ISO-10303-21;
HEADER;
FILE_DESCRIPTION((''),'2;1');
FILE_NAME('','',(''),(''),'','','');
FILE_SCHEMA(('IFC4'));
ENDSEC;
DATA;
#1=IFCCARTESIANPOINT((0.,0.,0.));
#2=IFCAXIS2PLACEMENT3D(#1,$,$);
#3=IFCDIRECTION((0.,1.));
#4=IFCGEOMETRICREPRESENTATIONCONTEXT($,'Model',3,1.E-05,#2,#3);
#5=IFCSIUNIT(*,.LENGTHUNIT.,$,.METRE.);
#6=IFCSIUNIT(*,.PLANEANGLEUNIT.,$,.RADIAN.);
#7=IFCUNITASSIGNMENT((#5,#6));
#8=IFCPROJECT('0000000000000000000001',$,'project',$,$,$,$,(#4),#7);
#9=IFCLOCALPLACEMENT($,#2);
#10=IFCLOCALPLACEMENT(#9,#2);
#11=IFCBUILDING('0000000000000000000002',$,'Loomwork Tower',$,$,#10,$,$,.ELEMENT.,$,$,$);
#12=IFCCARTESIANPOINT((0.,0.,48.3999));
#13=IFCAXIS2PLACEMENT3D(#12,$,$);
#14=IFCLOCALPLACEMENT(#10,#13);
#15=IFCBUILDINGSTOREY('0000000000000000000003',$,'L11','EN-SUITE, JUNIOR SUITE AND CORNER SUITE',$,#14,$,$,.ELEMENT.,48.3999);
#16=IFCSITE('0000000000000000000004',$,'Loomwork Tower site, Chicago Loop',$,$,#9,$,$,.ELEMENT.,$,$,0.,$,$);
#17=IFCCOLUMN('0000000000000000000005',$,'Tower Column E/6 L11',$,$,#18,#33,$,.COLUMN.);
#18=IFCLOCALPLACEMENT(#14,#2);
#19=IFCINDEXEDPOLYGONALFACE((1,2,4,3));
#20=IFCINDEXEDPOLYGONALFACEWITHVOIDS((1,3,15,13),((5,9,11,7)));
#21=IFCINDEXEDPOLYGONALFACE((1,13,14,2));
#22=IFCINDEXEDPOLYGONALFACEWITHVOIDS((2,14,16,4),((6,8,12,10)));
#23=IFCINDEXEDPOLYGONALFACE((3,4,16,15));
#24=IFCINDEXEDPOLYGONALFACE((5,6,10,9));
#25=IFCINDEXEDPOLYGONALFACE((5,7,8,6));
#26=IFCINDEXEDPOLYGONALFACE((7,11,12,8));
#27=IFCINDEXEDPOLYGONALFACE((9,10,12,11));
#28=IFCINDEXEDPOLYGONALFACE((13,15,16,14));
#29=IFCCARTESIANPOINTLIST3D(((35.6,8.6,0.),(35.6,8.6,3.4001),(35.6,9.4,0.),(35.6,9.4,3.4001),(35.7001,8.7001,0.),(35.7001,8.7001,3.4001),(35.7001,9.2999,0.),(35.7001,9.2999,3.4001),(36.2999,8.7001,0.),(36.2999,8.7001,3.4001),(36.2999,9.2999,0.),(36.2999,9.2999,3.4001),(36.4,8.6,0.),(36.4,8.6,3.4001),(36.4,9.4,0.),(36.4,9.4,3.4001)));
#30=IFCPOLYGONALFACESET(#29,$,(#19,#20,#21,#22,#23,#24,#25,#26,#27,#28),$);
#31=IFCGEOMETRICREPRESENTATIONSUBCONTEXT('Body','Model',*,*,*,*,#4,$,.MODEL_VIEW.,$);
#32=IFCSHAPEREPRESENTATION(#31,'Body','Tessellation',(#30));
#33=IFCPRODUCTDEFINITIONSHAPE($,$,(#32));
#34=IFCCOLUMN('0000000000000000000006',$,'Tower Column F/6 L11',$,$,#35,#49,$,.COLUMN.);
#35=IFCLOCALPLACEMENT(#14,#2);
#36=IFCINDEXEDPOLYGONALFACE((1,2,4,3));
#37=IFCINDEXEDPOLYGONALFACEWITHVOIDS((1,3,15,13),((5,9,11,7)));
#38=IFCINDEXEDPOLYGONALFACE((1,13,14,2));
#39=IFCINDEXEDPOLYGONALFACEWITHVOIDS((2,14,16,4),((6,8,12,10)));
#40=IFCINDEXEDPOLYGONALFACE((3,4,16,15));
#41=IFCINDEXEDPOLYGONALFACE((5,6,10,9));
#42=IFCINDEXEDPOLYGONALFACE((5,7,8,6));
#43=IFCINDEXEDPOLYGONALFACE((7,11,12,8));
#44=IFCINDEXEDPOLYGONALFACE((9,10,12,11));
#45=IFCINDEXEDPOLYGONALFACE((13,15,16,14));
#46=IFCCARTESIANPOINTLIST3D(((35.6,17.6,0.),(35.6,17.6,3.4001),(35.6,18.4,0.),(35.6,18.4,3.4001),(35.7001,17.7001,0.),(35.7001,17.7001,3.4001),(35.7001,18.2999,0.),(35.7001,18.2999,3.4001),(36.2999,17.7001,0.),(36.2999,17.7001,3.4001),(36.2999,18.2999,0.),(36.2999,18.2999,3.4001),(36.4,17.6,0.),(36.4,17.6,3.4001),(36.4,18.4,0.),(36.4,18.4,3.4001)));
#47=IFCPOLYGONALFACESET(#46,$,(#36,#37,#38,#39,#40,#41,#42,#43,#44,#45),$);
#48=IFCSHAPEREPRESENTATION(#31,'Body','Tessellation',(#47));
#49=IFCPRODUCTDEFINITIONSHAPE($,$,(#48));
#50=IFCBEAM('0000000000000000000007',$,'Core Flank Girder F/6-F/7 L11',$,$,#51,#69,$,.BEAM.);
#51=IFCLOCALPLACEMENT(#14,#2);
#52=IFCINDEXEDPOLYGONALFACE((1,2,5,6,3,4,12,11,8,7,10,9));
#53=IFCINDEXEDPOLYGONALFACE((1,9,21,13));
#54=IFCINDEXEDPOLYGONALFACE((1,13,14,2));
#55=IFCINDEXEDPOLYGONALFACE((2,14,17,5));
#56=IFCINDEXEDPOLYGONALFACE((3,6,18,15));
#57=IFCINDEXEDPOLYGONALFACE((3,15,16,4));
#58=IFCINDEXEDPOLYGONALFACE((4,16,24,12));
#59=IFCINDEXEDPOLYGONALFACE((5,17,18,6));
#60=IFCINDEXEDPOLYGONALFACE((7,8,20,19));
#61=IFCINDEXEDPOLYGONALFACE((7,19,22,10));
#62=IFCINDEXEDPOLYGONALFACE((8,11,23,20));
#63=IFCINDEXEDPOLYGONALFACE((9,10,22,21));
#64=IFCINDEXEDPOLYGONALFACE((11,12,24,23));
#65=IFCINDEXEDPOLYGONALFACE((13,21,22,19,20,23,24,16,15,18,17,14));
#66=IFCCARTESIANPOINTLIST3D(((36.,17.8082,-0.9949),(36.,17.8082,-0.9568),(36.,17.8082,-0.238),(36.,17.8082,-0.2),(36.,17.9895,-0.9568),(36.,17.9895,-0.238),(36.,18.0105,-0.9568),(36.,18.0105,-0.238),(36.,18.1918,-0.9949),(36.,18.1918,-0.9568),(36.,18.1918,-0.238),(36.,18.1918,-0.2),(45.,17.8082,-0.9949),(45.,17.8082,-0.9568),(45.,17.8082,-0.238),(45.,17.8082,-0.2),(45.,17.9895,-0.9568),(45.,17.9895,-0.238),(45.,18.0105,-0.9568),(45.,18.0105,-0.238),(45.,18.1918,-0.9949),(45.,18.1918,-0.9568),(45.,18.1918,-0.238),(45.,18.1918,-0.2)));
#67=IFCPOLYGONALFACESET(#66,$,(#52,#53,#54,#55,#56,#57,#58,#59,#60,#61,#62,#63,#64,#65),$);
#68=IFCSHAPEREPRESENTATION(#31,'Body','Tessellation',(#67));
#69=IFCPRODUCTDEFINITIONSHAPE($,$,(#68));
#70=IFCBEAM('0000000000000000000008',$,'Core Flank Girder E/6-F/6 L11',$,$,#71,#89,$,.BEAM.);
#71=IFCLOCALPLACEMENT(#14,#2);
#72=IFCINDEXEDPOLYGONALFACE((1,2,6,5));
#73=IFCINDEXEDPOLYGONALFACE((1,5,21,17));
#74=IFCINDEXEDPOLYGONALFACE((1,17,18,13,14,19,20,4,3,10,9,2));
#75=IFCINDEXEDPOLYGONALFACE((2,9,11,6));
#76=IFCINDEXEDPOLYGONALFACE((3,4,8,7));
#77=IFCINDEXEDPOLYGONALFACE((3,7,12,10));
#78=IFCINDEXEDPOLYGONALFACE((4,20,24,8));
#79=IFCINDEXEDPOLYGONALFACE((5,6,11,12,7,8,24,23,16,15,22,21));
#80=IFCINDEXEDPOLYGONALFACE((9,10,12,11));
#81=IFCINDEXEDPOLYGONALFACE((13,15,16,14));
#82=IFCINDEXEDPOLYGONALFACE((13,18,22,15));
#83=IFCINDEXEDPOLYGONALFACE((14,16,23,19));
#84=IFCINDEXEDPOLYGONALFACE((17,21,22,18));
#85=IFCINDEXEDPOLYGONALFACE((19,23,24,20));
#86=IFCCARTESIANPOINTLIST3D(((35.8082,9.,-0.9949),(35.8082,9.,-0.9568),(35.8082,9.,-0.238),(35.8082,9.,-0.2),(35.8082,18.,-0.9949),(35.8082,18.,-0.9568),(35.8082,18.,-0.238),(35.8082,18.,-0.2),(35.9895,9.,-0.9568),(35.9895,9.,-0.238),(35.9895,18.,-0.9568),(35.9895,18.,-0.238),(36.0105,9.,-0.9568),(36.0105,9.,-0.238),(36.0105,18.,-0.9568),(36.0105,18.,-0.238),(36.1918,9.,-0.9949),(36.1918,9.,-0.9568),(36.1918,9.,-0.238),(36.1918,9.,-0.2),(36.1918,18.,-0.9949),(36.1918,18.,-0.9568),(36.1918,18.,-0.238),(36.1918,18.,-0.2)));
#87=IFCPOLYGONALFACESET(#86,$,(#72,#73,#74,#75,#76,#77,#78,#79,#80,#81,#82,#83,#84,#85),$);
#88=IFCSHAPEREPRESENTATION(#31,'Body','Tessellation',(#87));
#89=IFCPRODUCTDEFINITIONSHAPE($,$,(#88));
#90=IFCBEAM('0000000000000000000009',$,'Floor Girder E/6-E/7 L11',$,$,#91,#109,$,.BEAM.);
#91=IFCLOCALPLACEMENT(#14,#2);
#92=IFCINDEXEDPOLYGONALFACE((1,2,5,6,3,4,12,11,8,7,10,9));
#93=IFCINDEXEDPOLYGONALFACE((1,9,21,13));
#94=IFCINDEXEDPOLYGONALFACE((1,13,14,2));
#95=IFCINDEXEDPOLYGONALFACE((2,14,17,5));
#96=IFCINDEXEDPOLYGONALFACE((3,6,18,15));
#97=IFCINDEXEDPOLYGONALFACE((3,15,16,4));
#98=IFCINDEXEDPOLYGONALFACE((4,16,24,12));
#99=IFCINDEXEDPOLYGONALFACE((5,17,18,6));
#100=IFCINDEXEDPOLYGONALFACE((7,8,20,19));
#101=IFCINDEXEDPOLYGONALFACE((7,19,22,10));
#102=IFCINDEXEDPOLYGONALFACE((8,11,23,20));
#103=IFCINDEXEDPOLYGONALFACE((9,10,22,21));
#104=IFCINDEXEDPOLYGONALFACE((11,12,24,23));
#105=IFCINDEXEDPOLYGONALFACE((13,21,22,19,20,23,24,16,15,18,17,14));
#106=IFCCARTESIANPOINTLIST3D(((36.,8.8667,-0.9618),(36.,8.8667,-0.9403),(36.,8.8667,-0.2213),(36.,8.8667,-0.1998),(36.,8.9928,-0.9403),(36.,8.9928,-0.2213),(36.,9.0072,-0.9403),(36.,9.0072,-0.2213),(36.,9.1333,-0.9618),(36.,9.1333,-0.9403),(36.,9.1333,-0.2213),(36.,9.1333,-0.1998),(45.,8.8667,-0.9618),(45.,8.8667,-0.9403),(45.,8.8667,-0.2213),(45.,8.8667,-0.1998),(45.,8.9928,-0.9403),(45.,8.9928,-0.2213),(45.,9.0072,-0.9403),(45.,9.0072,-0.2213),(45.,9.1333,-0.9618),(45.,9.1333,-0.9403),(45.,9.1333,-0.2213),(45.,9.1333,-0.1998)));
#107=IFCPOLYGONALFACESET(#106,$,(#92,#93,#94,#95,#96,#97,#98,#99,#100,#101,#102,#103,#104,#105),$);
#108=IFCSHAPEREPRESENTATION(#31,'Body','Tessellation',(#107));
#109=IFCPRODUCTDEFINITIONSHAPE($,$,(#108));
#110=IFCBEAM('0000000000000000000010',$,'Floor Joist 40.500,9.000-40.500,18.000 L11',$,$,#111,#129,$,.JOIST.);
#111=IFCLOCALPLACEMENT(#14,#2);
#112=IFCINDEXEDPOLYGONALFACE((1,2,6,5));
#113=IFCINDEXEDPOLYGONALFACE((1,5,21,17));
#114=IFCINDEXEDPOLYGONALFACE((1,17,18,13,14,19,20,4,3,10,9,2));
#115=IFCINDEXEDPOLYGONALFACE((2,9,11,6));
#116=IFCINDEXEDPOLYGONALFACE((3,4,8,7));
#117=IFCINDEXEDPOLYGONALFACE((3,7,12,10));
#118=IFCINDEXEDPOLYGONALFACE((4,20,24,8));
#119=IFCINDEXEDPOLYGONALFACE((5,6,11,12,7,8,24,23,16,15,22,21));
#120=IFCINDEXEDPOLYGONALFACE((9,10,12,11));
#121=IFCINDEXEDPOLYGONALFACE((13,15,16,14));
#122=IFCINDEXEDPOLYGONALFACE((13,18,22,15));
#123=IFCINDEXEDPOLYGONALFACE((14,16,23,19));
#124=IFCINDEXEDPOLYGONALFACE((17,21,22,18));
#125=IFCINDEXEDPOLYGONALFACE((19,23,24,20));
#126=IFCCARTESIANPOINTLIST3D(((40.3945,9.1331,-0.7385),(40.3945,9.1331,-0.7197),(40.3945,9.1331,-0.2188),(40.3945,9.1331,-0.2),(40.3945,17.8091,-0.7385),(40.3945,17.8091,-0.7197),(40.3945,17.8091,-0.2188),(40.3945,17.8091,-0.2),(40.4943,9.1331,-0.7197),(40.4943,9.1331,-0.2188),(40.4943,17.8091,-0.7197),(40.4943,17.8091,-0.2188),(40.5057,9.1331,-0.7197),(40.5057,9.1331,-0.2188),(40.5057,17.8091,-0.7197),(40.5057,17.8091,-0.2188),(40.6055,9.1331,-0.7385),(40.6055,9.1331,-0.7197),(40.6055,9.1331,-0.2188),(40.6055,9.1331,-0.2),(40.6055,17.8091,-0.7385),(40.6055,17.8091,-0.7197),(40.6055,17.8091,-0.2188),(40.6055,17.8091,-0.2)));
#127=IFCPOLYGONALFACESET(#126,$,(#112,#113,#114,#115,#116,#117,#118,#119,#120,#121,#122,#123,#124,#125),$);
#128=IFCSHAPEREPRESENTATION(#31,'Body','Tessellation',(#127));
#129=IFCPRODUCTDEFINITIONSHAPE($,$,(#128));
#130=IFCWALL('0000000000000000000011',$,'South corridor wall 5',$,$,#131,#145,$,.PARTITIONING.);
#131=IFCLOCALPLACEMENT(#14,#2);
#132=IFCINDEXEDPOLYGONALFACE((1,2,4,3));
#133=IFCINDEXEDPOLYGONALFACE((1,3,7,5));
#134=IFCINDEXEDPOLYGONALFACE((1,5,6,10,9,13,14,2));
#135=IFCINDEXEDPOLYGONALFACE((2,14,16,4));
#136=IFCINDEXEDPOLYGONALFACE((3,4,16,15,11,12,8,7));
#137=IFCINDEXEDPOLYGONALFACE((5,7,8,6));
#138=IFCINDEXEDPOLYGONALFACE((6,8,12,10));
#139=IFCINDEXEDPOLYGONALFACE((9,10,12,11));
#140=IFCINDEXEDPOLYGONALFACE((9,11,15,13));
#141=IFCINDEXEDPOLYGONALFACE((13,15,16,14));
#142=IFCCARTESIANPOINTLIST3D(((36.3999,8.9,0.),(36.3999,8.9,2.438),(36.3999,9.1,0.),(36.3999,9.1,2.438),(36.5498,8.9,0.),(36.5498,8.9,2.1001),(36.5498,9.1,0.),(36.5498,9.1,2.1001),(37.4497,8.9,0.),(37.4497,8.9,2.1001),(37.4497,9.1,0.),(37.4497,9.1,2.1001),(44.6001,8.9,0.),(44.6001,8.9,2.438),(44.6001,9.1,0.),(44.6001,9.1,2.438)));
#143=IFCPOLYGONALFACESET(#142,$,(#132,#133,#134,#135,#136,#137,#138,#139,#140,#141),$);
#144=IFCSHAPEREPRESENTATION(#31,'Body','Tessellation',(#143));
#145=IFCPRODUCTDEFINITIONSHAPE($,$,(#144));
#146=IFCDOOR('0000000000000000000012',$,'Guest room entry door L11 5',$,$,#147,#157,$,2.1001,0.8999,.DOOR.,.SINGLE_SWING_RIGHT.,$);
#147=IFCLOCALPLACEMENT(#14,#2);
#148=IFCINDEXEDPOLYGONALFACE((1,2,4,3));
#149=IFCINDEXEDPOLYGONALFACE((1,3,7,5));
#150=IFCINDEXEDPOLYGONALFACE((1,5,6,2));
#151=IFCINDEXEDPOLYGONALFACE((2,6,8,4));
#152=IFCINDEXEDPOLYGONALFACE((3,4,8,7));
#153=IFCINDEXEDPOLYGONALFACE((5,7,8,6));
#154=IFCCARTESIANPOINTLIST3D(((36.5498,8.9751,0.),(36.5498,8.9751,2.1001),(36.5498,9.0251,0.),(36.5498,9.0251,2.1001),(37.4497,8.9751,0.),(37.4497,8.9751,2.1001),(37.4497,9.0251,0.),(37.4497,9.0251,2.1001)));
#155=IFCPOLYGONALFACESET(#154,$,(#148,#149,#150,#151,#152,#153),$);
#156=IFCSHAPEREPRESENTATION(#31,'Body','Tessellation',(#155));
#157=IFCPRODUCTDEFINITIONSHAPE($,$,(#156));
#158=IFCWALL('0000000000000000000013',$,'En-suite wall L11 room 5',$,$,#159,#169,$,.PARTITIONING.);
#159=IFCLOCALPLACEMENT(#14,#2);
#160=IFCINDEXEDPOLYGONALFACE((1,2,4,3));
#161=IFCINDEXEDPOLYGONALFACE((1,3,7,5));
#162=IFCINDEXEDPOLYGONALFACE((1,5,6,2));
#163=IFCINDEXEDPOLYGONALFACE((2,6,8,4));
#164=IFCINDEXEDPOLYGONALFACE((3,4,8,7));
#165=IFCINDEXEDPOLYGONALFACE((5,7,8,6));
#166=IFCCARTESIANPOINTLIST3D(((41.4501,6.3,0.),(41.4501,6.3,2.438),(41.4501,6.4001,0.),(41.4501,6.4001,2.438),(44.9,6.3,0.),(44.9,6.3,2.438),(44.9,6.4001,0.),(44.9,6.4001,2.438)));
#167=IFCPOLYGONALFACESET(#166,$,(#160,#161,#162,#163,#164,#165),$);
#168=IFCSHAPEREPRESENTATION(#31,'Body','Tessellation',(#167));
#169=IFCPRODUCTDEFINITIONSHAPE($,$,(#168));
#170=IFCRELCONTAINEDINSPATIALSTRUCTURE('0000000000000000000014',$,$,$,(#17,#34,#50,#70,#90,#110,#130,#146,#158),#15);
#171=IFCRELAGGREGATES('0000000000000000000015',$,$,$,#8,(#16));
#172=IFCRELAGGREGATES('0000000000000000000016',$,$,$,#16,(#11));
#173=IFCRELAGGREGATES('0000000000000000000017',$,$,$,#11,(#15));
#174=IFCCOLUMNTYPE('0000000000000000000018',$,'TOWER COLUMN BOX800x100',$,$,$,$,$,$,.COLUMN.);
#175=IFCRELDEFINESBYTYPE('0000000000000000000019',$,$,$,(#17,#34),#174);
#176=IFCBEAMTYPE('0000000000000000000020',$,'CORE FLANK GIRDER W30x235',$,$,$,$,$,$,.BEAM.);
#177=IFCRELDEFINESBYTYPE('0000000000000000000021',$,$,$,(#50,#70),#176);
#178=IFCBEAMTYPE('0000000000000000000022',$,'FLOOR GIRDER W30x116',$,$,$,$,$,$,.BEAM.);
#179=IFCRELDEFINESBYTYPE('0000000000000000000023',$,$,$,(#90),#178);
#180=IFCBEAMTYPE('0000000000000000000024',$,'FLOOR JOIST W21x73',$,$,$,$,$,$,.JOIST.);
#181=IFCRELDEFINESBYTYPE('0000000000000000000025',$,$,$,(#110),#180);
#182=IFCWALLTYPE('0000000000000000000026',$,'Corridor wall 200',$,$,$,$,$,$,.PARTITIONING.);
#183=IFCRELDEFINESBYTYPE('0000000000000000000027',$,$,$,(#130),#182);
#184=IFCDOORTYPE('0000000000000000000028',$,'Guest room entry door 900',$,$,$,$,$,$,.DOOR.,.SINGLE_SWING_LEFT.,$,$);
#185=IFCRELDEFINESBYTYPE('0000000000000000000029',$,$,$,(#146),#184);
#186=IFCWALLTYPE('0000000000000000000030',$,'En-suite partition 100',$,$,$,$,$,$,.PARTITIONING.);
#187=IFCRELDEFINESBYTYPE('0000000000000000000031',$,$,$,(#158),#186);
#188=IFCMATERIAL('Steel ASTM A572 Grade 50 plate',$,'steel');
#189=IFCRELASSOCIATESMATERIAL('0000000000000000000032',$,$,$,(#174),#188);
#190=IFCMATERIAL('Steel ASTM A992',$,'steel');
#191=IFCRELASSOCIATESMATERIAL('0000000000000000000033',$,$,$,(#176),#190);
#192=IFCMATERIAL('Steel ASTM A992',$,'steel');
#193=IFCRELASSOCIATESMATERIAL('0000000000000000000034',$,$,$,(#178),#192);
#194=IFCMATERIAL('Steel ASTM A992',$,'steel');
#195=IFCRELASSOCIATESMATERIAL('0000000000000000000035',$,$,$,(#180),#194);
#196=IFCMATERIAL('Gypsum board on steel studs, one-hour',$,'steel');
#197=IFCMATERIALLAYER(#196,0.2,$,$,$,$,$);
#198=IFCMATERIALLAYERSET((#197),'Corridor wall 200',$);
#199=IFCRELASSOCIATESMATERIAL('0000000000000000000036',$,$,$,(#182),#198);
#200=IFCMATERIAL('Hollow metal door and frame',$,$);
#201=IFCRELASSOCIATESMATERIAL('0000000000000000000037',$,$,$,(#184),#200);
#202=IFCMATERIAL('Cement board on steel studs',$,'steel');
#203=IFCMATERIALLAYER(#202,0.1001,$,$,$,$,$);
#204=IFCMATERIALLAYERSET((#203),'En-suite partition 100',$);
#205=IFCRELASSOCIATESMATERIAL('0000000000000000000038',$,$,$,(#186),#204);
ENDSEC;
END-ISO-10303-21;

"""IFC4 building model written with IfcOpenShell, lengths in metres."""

from ifc_helpers import new_model, si_unit, direction, frame, frame_2d, origin, origin_2d, place, context, subcontext, project, spatial, rectangle, hollow_rectangle, i_section, extrude, material, layer, layer_set, material_profile, profile_set, type_object, element, fill, save


model = new_model("IFC4")

# Units and contexts
model_context = context("Model", 3, precision=1e-05, world=origin(), true_north=direction((0.0, 1.0)))
body_context = subcontext(model_context, "Body", "Model", "MODEL_VIEW")
ifc_project = project(units=[si_unit("LENGTHUNIT", "METRE"), si_unit("PLANEANGLEUNIT", "RADIAN")], contexts=[model_context])

# Site, building, storey
site_placement = place(None, origin())
site = spatial("IfcSite", under=ifc_project, at=site_placement, Name="Loomwork Tower site, Chicago Loop", CompositionType="ELEMENT", RefElevation=0.0)
building_placement = place(site_placement, origin())
building = spatial("IfcBuilding", under=site, at=building_placement, Name="Loomwork Tower", CompositionType="ELEMENT")
storey_placement = place(building_placement, frame((0.0, 0.0, 48.3999)))
storey = spatial("IfcBuildingStorey", under=building, at=storey_placement, Name="L11", Description="EN-SUITE, JUNIOR SUITE AND CORNER SUITE", CompositionType="ELEMENT", Elevation=48.3999)

# Columns
ifc_material_1 = material(Name="Steel ASTM A572 Grade 50 plate", Category="steel")
ifc_material_profile_1 = material_profile(ifc_material_1, hollow_rectangle(XDim=0.8, YDim=0.8, WallThickness=0.1001, at=origin_2d()), Name="BOX800x100")
ifc_profile_set_1 = profile_set([ifc_material_profile_1], Name="Steel ASTM A572 Grade 50 plate")
column_type = type_object("IfcColumnType", Name="TOWER COLUMN BOX800x100", PredefinedType="COLUMN", material=ifc_profile_set_1)
for number, where, z_axis, x_axis, name in (
    (1, (36.0, 9.0, 0.0), (0.0, 0.0, 1.0), (0.0, 1.0, 0.0), "Tower Column E/6 L11"),
    (2, (36.0, 18.0, 0.0), (0.0, 0.0, 1.0), (0.0, 1.0, 0.0), "Tower Column F/6 L11"),
):
    element("IfcColumn", number, at=place(storey_placement, frame(where, z_axis=z_axis, x_axis=x_axis)), inside=storey, type_object=column_type, Name=name, PredefinedType="COLUMN", context=body_context, shape_type="SweptSolid", body=[
        extrude(hollow_rectangle(XDim=0.8, YDim=0.8, WallThickness=0.1001, at=origin_2d()), origin(), (0.0, 0.0, 1.0), 3.4001),
    ])

# Beams
ifc_material_2 = material(Name="Steel ASTM A992", Category="steel")
ifc_material_profile_2 = material_profile(ifc_material_2, i_section(OverallWidth=0.3835, OverallDepth=0.7949, WebThickness=0.021, FlangeThickness=0.0381, at=origin_2d()), Name="W30x235")
ifc_profile_set_2 = profile_set([ifc_material_profile_2], Name="Steel ASTM A992")
beam_type_1 = type_object("IfcBeamType", Name="CORE FLANK GIRDER W30x235", PredefinedType="BEAM", material=ifc_profile_set_2)
for number, where, z_axis, x_axis, name in (
    (3, (36.0, 18.0, -0.5974), (1.0, 0.0, 0.0), (0.0, 1.0, 0.0), "Core Flank Girder F/6-F/7 L11"),
    (4, (36.0, 9.0, -0.5974), (0.0, 1.0, 0.0), (-1.0, 0.0, 0.0), "Core Flank Girder E/6-F/6 L11"),
):
    element("IfcBeam", number, at=place(storey_placement, frame(where, z_axis=z_axis, x_axis=x_axis)), inside=storey, type_object=beam_type_1, Name=name, PredefinedType="BEAM", context=body_context, shape_type="SweptSolid", body=[
        extrude(i_section(OverallWidth=0.3835, OverallDepth=0.7949, WebThickness=0.021, FlangeThickness=0.0381, at=origin_2d()), origin(), (0.0, 0.0, 1.0), 9.0),
    ])
ifc_material_3 = material(Name="Steel ASTM A992", Category="steel")
ifc_material_profile_3 = material_profile(ifc_material_3, i_section(OverallWidth=0.2666, OverallDepth=0.762, WebThickness=0.0144, FlangeThickness=0.0215, at=origin_2d()), Name="W30x116")
ifc_profile_set_3 = profile_set([ifc_material_profile_3], Name="Steel ASTM A992")
beam_type_2 = type_object("IfcBeamType", Name="FLOOR GIRDER W30x116", PredefinedType="BEAM", material=ifc_profile_set_3)
beam_1_placement = place(storey_placement, frame((36.0, 9.0, -0.5808), z_axis=(1.0, 0.0, 0.0), x_axis=(0.0, 1.0, 0.0)))
element("IfcBeam", 5, at=beam_1_placement, inside=storey, type_object=beam_type_2, Name="Floor Girder E/6-E/7 L11", PredefinedType="BEAM", context=body_context, shape_type="SweptSolid", body=[
    extrude(i_section(OverallWidth=0.2666, OverallDepth=0.762, WebThickness=0.0144, FlangeThickness=0.0215, at=origin_2d()), origin(), (0.0, 0.0, 1.0), 9.0),
])
ifc_material_4 = material(Name="Steel ASTM A992", Category="steel")
ifc_material_profile_4 = material_profile(ifc_material_4, i_section(OverallWidth=0.2109, OverallDepth=0.5386, WebThickness=0.0115, FlangeThickness=0.0188, at=origin_2d()), Name="W21x73")
ifc_profile_set_4 = profile_set([ifc_material_profile_4], Name="Steel ASTM A992")
beam_type_3 = type_object("IfcBeamType", Name="FLOOR JOIST W21x73", PredefinedType="JOIST", material=ifc_profile_set_4)
beam_2_placement = place(storey_placement, frame((40.5, 9.1331, -0.4692), z_axis=(0.0, 1.0, 0.0), x_axis=(-1.0, 0.0, 0.0)))
element("IfcBeam", 6, at=beam_2_placement, inside=storey, type_object=beam_type_3, Name="Floor Joist 40.500,9.000-40.500,18.000 L11", PredefinedType="JOIST", context=body_context, shape_type="SweptSolid", body=[
    extrude(i_section(OverallWidth=0.2109, OverallDepth=0.5386, WebThickness=0.0115, FlangeThickness=0.0188, at=origin_2d()), origin(), (0.0, 0.0, 1.0), 8.676),
])

# Wall, opening, door
ifc_material_5 = material(Name="Gypsum board on steel studs, one-hour", Category="steel")
ifc_layer_1 = layer(ifc_material_5, 0.2)
ifc_layer_set_1 = layer_set([ifc_layer_1], Name="Corridor wall 200")
wall_type_1 = type_object("IfcWallType", Name="Corridor wall 200", PredefinedType="PARTITIONING", material=ifc_layer_set_1)
wall_1_placement = place(storey_placement, frame((36.3999, 9.0, 0.0), z_axis=(0.0, 0.0, 1.0), x_axis=(1.0, 0.0, 0.0)))
wall_1 = element("IfcWall", 7, at=wall_1_placement, inside=storey, type_object=wall_type_1, Name="South corridor wall 5", PredefinedType="PARTITIONING", context=body_context, shape_type="SweptSolid", body=[
    extrude(rectangle(XDim=8.2002, YDim=0.2, at=frame_2d((4.1001, 0.0))), origin(), (0.0, 0.0, 1.0), 2.438),
])
opening_1_placement = place(wall_1_placement, frame((0.1499, 0.0, 0.0)))
opening_1 = element("IfcOpeningElement", 8, at=opening_1_placement, cuts=wall_1, PredefinedType="OPENING", context=body_context, shape_type="SweptSolid", body=[
    extrude(rectangle(XDim=0.8999, YDim=2.1001, at=frame_2d((0.45, 1.05))), frame((0.0, 0.1099, 0.0), z_axis=(0.0, -1.0, 0.0), x_axis=(1.0, 0.0, 0.0)), (0.0, 0.0, 1.0), 0.22),
])
ifc_material_6 = material(Name="Hollow metal door and frame")
door_type_1 = type_object("IfcDoorType", Name="Guest room entry door 900", OperationType="SINGLE_SWING_LEFT", PredefinedType="DOOR", material=ifc_material_6)
door_1_placement = place(opening_1_placement, frame((0.8999, 0.0, 0.0), z_axis=(0.0, 0.0, 1.0), x_axis=(-1.0, 0.0, 0.0)))
door_1 = element("IfcDoor", 9, at=door_1_placement, inside=storey, type_object=door_type_1, Name="Guest room entry door L11 5", OperationType="SINGLE_SWING_RIGHT", OverallHeight=2.1001, OverallWidth=0.8999, PredefinedType="DOOR", context=body_context, shape_type="SweptSolid", body=[
    extrude(rectangle(XDim=0.8999, YDim=2.1001, at=frame_2d((0.45, 1.05))), frame((0.0, 0.0249, 0.0), z_axis=(0.0, -1.0, 0.0), x_axis=(1.0, 0.0, 0.0)), (0.0, 0.0, 1.0), 0.05),
])
fill(opening_1, door_1)

# Wall
ifc_material_7 = material(Name="Cement board on steel studs", Category="steel")
ifc_layer_2 = layer(ifc_material_7, 0.1001)
ifc_layer_set_2 = layer_set([ifc_layer_2], Name="En-suite partition 100")
wall_type_2 = type_object("IfcWallType", Name="En-suite partition 100", PredefinedType="PARTITIONING", material=ifc_layer_set_2)
wall_2_placement = place(storey_placement, frame((41.45, 6.3501, 0.0), z_axis=(0.0, 0.0, 1.0), x_axis=(1.0, 0.0, 0.0)))
element("IfcWall", 10, at=wall_2_placement, inside=storey, type_object=wall_type_2, Name="En-suite wall L11 room 5", PredefinedType="PARTITIONING", context=body_context, shape_type="SweptSolid", body=[
    extrude(rectangle(XDim=3.45, YDim=0.1001, at=frame_2d((1.7251, 0.0))), origin(), (0.0, 0.0, 1.0), 2.438),
])

save(model, "model.ifc")
